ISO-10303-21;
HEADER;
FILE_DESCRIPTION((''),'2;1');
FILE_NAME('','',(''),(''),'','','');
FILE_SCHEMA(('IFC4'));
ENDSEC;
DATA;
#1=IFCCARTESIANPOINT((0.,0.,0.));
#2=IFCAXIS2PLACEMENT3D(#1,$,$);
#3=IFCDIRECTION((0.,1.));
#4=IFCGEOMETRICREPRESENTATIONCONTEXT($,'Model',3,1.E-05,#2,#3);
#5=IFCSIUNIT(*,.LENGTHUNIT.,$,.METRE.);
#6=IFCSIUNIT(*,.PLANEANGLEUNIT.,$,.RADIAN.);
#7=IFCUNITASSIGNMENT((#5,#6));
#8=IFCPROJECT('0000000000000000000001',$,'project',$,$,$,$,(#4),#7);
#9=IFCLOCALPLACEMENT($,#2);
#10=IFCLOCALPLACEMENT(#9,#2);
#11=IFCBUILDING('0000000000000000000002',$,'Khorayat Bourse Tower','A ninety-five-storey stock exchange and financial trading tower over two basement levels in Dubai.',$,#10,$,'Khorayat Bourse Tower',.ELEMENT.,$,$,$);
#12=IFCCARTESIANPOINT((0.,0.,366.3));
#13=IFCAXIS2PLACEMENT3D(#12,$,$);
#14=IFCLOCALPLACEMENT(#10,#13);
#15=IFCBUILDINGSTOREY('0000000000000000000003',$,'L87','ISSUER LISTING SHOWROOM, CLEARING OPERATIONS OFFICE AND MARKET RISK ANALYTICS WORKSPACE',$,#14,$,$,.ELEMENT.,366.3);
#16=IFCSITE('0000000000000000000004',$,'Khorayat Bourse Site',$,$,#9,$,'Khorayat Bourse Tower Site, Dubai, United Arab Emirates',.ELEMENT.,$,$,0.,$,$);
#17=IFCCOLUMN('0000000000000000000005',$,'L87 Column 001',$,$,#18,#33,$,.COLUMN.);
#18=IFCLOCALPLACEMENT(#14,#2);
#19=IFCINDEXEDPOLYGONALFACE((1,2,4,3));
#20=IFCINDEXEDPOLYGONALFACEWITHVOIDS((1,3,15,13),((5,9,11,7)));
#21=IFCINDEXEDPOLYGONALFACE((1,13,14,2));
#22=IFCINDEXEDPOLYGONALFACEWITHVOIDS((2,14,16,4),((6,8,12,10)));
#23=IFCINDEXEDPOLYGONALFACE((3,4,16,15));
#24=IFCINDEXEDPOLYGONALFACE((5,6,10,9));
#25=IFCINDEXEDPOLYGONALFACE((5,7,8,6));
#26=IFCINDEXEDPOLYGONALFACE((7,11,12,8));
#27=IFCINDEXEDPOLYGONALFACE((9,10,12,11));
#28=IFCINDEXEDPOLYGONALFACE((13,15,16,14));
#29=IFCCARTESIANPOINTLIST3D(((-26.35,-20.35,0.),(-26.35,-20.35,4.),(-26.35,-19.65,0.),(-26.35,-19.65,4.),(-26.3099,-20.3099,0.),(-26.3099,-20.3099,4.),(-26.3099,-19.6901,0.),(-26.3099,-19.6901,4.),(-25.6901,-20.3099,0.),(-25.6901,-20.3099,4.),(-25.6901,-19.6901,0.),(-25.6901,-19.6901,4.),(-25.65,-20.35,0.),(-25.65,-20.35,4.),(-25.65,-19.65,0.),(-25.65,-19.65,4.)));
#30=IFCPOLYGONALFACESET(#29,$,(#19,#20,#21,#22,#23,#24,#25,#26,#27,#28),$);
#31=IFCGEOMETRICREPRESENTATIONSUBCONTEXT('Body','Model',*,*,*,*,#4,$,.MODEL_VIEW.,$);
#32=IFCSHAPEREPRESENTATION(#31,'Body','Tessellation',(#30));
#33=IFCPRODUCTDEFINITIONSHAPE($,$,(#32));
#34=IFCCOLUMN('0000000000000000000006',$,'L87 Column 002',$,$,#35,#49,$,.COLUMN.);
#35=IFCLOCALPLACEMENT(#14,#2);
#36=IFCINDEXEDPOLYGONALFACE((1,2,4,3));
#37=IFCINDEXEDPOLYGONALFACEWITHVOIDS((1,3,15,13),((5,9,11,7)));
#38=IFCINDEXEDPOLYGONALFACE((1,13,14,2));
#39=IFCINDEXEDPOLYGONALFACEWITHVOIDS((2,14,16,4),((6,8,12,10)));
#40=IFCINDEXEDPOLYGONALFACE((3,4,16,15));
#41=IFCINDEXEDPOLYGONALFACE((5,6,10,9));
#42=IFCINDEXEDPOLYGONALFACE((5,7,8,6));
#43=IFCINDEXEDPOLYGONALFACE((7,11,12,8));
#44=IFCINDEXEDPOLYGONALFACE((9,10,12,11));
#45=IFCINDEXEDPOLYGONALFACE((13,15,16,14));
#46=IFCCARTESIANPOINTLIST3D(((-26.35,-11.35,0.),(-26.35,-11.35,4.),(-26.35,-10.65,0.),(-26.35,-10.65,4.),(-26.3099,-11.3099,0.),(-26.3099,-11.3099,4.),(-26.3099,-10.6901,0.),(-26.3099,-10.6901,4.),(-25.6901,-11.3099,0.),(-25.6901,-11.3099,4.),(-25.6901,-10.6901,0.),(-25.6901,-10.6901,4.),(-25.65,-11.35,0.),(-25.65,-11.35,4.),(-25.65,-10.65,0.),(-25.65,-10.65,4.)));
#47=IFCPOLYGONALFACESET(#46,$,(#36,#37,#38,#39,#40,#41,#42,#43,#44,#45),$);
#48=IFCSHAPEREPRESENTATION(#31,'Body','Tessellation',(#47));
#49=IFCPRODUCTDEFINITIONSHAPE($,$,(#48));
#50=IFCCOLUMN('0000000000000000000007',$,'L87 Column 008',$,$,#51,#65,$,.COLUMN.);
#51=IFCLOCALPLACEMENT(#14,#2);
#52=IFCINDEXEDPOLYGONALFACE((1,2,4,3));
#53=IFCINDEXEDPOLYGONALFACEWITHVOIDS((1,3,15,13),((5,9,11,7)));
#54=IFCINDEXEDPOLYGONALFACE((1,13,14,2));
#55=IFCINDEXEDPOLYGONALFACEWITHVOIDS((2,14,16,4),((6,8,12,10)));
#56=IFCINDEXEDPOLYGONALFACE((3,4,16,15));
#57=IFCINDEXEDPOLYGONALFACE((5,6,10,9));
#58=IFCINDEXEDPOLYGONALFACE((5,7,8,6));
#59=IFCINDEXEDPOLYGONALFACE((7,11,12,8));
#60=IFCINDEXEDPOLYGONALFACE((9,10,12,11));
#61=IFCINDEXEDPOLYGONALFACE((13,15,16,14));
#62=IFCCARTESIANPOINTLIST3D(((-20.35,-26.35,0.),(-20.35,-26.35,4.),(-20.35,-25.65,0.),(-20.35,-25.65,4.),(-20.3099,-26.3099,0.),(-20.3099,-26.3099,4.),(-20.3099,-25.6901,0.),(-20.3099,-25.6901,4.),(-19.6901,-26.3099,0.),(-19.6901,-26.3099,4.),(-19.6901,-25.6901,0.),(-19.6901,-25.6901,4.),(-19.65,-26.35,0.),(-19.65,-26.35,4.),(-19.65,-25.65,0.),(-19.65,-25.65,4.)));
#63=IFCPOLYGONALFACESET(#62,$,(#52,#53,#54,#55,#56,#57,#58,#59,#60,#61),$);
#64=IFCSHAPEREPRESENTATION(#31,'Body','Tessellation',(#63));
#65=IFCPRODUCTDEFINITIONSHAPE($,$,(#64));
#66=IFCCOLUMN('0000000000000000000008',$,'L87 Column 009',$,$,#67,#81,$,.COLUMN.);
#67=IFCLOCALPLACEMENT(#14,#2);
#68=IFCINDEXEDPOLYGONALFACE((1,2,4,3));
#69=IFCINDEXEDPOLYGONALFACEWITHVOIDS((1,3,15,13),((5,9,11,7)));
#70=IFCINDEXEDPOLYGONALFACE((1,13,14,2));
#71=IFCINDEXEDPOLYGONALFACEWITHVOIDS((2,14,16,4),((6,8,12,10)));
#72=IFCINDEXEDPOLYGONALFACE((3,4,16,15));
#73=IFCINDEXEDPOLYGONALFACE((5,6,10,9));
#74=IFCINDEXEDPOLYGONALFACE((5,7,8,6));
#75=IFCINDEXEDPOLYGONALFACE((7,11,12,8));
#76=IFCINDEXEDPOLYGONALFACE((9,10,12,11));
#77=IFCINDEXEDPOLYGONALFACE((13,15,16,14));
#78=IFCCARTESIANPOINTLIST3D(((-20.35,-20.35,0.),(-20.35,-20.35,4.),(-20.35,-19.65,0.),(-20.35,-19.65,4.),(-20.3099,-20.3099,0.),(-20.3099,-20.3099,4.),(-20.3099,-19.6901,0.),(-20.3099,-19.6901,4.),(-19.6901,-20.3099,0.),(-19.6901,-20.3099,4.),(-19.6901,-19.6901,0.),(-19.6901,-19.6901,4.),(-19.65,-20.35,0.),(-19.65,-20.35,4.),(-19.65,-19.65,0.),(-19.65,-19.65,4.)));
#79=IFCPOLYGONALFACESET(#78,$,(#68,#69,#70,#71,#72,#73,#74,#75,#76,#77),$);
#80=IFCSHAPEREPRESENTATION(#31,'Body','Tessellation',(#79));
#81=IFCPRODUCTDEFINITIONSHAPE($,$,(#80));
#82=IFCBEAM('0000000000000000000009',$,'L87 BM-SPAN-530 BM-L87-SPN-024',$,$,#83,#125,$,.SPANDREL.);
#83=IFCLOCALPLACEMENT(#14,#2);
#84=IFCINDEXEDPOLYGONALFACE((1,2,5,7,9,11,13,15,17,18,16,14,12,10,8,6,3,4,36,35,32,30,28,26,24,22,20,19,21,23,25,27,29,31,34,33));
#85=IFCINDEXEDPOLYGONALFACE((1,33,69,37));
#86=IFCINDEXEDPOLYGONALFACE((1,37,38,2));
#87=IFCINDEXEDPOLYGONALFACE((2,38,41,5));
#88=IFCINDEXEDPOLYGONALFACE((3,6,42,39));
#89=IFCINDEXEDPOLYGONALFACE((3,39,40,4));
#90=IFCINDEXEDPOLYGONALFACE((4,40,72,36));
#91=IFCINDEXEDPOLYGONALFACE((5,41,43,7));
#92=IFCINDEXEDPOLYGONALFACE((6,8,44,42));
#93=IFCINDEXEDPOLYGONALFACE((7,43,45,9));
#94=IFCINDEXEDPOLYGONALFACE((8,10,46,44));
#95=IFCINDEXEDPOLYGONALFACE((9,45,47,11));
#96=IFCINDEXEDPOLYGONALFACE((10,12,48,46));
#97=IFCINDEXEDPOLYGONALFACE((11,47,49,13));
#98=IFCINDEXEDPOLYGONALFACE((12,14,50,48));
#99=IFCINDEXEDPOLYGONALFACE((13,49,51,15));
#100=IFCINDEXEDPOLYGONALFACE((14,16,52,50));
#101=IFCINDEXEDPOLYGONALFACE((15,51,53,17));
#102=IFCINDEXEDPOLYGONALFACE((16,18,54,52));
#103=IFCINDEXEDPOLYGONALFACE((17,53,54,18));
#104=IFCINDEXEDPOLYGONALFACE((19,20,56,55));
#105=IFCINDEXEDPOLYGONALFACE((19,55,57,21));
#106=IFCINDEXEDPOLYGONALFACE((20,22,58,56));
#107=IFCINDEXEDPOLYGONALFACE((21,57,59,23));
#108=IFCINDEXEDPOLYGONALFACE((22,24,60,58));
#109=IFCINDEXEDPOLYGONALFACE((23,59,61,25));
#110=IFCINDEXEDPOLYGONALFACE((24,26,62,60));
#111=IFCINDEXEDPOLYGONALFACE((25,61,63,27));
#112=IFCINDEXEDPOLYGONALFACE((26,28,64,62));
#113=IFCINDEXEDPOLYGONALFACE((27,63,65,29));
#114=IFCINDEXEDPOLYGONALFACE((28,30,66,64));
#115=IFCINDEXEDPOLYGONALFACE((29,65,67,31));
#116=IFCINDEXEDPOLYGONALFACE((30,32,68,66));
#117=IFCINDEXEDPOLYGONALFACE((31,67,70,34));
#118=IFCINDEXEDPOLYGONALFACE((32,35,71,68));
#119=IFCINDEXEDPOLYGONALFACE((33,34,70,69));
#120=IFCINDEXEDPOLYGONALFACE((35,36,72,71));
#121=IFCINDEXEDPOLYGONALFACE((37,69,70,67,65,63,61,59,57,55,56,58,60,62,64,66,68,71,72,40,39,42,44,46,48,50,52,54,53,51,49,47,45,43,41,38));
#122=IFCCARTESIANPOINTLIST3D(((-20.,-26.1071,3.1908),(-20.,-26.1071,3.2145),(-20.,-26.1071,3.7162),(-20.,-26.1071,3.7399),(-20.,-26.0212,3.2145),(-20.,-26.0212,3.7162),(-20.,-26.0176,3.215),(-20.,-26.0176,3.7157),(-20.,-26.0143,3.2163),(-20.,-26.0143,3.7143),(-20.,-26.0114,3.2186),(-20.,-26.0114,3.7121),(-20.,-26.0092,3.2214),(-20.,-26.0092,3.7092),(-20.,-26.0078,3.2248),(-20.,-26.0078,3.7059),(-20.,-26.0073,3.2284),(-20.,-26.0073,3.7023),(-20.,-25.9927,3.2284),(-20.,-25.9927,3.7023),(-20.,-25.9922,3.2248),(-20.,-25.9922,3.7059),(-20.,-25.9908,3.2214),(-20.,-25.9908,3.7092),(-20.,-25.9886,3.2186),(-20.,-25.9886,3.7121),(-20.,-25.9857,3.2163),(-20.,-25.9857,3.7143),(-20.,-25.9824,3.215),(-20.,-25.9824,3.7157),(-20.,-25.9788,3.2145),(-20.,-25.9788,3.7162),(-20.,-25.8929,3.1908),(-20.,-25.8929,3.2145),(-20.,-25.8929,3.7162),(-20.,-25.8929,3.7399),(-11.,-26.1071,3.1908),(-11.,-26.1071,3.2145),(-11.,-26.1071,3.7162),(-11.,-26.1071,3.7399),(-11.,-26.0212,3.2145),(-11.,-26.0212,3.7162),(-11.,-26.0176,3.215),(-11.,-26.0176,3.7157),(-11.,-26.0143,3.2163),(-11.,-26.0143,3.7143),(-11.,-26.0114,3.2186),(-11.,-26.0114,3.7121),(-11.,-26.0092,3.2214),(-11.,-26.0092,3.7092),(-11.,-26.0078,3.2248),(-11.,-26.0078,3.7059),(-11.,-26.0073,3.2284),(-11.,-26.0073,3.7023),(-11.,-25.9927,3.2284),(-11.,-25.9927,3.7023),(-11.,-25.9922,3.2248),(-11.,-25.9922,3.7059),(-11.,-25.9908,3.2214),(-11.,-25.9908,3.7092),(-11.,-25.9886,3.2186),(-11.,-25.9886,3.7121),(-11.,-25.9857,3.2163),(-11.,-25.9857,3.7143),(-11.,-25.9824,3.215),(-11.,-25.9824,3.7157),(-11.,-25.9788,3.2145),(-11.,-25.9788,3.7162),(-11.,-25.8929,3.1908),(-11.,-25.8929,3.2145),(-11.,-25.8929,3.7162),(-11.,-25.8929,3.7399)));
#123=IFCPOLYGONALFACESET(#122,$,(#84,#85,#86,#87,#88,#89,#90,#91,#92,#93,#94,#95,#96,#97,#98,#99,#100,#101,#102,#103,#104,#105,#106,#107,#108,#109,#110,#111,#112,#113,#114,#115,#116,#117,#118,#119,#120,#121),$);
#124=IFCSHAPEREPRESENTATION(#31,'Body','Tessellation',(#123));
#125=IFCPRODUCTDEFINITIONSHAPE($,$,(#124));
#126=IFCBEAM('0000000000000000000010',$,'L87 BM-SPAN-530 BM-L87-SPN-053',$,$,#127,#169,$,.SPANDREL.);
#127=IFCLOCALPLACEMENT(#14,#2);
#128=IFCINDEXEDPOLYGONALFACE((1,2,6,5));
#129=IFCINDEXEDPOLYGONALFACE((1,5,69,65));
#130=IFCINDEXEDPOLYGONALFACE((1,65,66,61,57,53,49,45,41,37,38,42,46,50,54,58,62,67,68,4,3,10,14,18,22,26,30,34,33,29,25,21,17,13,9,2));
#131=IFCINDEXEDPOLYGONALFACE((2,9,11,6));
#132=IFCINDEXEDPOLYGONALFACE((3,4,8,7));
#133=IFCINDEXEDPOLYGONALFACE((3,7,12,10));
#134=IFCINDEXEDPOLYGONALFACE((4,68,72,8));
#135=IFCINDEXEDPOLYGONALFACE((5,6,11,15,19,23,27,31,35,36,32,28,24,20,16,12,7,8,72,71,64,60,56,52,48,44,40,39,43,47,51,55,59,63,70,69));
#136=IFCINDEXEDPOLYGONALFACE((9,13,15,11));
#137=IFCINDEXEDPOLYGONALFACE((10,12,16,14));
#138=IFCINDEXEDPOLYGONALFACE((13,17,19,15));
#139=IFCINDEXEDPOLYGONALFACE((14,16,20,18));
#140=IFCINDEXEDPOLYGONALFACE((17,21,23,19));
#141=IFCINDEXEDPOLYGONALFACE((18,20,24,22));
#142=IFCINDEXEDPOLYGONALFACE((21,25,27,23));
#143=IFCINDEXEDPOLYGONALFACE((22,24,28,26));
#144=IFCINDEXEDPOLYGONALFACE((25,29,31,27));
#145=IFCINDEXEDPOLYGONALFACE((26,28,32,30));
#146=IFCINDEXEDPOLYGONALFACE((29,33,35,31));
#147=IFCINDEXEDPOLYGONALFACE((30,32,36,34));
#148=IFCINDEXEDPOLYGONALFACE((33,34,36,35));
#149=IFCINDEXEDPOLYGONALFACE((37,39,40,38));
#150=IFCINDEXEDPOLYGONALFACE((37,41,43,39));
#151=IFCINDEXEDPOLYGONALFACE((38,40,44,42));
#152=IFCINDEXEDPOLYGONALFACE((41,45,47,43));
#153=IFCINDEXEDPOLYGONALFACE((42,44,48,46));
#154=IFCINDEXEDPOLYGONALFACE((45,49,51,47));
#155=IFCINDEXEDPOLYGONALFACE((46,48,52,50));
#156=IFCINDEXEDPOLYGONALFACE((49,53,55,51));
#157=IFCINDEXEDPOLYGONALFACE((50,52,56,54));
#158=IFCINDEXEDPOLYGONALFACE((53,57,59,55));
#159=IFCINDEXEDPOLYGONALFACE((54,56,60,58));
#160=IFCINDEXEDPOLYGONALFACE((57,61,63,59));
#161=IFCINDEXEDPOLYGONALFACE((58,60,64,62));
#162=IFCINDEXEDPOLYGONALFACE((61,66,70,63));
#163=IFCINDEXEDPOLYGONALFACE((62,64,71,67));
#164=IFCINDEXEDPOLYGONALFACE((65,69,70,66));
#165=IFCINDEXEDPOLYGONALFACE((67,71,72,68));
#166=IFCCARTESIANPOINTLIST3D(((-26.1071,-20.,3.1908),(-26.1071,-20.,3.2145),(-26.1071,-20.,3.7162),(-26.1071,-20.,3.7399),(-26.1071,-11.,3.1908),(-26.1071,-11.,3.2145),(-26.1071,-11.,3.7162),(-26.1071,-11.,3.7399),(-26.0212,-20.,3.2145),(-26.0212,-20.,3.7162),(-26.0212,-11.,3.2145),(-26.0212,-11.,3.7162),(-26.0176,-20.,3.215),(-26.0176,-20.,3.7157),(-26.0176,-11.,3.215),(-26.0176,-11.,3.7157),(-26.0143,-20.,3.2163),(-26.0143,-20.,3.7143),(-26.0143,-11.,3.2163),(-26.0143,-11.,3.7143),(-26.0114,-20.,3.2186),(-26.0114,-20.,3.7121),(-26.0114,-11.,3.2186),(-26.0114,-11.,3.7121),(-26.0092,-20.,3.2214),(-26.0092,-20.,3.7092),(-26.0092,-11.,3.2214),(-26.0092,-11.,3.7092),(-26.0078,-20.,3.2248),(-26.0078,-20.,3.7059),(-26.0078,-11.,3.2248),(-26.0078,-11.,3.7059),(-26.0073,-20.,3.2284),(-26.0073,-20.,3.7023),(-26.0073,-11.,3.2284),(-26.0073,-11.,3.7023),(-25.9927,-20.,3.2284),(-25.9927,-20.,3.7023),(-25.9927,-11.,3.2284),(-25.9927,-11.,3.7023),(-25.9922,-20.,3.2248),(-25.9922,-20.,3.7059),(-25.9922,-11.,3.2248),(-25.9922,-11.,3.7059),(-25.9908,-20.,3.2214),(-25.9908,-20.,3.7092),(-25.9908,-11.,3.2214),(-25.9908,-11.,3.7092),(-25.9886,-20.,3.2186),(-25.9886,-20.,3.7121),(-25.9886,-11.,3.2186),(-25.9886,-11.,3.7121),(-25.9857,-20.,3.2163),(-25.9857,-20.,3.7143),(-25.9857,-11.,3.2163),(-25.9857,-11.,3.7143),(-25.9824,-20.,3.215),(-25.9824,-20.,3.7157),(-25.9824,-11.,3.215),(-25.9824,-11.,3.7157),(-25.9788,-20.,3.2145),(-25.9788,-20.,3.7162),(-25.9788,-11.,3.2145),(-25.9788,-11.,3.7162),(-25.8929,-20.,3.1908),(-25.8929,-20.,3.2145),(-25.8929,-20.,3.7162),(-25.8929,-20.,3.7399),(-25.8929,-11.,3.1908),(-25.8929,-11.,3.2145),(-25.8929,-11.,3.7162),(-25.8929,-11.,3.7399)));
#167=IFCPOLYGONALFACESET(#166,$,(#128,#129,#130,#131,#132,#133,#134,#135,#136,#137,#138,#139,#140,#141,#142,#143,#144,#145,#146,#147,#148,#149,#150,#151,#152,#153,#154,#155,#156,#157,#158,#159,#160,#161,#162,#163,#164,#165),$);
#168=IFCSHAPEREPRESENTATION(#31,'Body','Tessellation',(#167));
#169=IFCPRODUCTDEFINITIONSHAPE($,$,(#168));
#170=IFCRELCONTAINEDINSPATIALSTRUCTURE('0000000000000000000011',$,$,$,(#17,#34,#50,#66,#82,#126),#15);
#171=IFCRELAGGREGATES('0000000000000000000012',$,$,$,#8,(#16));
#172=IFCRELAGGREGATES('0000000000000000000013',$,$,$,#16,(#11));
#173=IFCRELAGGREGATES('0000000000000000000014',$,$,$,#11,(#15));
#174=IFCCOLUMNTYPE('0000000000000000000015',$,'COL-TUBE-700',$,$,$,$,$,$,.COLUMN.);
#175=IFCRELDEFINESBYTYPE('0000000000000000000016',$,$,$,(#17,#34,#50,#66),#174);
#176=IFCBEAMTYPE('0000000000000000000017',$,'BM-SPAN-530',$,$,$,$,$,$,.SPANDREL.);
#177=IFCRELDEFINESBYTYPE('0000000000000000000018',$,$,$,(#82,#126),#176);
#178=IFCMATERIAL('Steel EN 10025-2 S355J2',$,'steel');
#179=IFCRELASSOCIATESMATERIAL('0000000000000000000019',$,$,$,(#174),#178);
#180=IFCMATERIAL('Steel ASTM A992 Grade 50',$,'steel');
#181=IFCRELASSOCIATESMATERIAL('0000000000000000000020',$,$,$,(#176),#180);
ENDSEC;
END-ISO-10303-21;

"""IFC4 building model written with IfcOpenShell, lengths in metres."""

from ifc_helpers import new_model, si_unit, direction, frame, origin, origin_2d, place, context, subcontext, project, spatial, hollow_rectangle, i_section, extrude, source, transform, mapped, material, material_profile, profile_set, type_object, element, save


model = new_model("IFC4")

# Units and contexts
model_context = context("Model", 3, precision=1e-05, world=origin(), true_north=direction((0.0, 1.0)))
body_context = subcontext(model_context, "Body", "Model", "MODEL_VIEW")
ifc_project = project(units=[si_unit("LENGTHUNIT", "METRE"), si_unit("PLANEANGLEUNIT", "RADIAN")], contexts=[model_context])

# Site, building, storey
site_placement = place(None, origin())
site = spatial("IfcSite", under=ifc_project, at=site_placement, Name="Khorayat Bourse Site", LongName="Khorayat Bourse Tower Site, Dubai, United Arab Emirates", CompositionType="ELEMENT", RefElevation=0.0)
building_placement = place(site_placement, origin())
building = spatial("IfcBuilding", under=site, at=building_placement, Name="Khorayat Bourse Tower", Description="A ninety-five-storey stock exchange and financial trading tower over two basement levels in Dubai.", LongName="Khorayat Bourse Tower", CompositionType="ELEMENT")
storey_placement = place(building_placement, frame((0.0, 0.0, 366.3)))
storey = spatial("IfcBuildingStorey", under=building, at=storey_placement, Name="L87", Description="ISSUER LISTING SHOWROOM, CLEARING OPERATIONS OFFICE AND MARKET RISK ANALYTICS WORKSPACE", CompositionType="ELEMENT", Elevation=366.3)

# Columns
ifc_material_1 = material(Name="Steel EN 10025-2 S355J2", Category="steel")
ifc_material_profile_1 = material_profile(ifc_material_1, hollow_rectangle(XDim=0.7, YDim=0.7, WallThickness=0.04, at=origin_2d()), Name="BOX 700x700x40")
ifc_profile_set_1 = profile_set([ifc_material_profile_1], Name="Steel EN 10025-2 S355J2")
column_type = type_object("IfcColumnType", Name="COL-TUBE-700", PredefinedType="COLUMN", material=ifc_profile_set_1)
shared_shape_1 = source(origin(), body_context, "Body", "SweptSolid", [
    extrude(hollow_rectangle(XDim=0.7, YDim=0.7, WallThickness=0.04, at=origin_2d()), origin(), (0.0, 0.0, 1.0), 4.0),
])
for number, where, z_axis, x_axis, name in (
    (1, (-26.0, -20.0, 0.0), (0.0, 0.0, 1.0), (1.0, 0.0, 0.0), "L87 Column 001"),
    (2, (-26.0, -11.0, 0.0), (0.0, 0.0, 1.0), (1.0, 0.0, 0.0), "L87 Column 002"),
    (3, (-20.0, -26.0, 0.0), (0.0, 0.0, 1.0), (1.0, 0.0, 0.0), "L87 Column 008"),
    (4, (-20.0, -20.0, 0.0), (0.0, 0.0, 1.0), (1.0, 0.0, 0.0), "L87 Column 009"),
):
    element("IfcColumn", number, at=place(storey_placement, frame(where, z_axis=z_axis, x_axis=x_axis)), inside=storey, type_object=column_type, Name=name, PredefinedType="COLUMN", context=body_context, shape_type="MappedRepresentation", body=[
        mapped(shared_shape_1, transform((0.0, 0.0, 0.0), scale=1.0)),
    ])

# Beams
ifc_material_2 = material(Name="Steel ASTM A992 Grade 50", Category="steel")
ifc_material_profile_2 = material_profile(ifc_material_2, i_section(OverallWidth=0.2141, OverallDepth=0.5491, WebThickness=0.0146, FlangeThickness=0.0237, FilletRadius=0.0139, at=origin_2d()), Name="W530X138")
ifc_profile_set_2 = profile_set([ifc_material_profile_2], Name="Steel ASTM A992 Grade 50")
beam_type_1 = type_object("IfcBeamType", Name="BM-SPAN-530", PredefinedType="SPANDREL", material=ifc_profile_set_2)
shared_shape_2 = source(origin(), body_context, "Body", "SweptSolid", [
    extrude(i_section(OverallWidth=0.2141, OverallDepth=0.5491, WebThickness=0.0146, FlangeThickness=0.0237, FilletRadius=0.0139, at=origin_2d()), origin(), (0.0, 0.0, 1.0), 9.0),
])
for number, where, z_axis, x_axis, name in (
    (5, (-20.0, -26.0, 3.4653), (1.0, 0.0, 0.0), (0.0, 1.0, 0.0), "L87 BM-SPAN-530 BM-L87-SPN-024"),
    (6, (-26.0, -20.0, 3.4653), (0.0, 1.0, 0.0), (-1.0, 0.0, 0.0), "L87 BM-SPAN-530 BM-L87-SPN-053"),
):
    element("IfcBeam", number, at=place(storey_placement, frame(where, z_axis=z_axis, x_axis=x_axis)), inside=storey, type_object=beam_type_1, Name=name, PredefinedType="SPANDREL", context=body_context, shape_type="MappedRepresentation", body=[
        mapped(shared_shape_2, transform((0.0, 0.0, 0.0), scale=1.0)),
    ])

save(model, "model.ifc")
